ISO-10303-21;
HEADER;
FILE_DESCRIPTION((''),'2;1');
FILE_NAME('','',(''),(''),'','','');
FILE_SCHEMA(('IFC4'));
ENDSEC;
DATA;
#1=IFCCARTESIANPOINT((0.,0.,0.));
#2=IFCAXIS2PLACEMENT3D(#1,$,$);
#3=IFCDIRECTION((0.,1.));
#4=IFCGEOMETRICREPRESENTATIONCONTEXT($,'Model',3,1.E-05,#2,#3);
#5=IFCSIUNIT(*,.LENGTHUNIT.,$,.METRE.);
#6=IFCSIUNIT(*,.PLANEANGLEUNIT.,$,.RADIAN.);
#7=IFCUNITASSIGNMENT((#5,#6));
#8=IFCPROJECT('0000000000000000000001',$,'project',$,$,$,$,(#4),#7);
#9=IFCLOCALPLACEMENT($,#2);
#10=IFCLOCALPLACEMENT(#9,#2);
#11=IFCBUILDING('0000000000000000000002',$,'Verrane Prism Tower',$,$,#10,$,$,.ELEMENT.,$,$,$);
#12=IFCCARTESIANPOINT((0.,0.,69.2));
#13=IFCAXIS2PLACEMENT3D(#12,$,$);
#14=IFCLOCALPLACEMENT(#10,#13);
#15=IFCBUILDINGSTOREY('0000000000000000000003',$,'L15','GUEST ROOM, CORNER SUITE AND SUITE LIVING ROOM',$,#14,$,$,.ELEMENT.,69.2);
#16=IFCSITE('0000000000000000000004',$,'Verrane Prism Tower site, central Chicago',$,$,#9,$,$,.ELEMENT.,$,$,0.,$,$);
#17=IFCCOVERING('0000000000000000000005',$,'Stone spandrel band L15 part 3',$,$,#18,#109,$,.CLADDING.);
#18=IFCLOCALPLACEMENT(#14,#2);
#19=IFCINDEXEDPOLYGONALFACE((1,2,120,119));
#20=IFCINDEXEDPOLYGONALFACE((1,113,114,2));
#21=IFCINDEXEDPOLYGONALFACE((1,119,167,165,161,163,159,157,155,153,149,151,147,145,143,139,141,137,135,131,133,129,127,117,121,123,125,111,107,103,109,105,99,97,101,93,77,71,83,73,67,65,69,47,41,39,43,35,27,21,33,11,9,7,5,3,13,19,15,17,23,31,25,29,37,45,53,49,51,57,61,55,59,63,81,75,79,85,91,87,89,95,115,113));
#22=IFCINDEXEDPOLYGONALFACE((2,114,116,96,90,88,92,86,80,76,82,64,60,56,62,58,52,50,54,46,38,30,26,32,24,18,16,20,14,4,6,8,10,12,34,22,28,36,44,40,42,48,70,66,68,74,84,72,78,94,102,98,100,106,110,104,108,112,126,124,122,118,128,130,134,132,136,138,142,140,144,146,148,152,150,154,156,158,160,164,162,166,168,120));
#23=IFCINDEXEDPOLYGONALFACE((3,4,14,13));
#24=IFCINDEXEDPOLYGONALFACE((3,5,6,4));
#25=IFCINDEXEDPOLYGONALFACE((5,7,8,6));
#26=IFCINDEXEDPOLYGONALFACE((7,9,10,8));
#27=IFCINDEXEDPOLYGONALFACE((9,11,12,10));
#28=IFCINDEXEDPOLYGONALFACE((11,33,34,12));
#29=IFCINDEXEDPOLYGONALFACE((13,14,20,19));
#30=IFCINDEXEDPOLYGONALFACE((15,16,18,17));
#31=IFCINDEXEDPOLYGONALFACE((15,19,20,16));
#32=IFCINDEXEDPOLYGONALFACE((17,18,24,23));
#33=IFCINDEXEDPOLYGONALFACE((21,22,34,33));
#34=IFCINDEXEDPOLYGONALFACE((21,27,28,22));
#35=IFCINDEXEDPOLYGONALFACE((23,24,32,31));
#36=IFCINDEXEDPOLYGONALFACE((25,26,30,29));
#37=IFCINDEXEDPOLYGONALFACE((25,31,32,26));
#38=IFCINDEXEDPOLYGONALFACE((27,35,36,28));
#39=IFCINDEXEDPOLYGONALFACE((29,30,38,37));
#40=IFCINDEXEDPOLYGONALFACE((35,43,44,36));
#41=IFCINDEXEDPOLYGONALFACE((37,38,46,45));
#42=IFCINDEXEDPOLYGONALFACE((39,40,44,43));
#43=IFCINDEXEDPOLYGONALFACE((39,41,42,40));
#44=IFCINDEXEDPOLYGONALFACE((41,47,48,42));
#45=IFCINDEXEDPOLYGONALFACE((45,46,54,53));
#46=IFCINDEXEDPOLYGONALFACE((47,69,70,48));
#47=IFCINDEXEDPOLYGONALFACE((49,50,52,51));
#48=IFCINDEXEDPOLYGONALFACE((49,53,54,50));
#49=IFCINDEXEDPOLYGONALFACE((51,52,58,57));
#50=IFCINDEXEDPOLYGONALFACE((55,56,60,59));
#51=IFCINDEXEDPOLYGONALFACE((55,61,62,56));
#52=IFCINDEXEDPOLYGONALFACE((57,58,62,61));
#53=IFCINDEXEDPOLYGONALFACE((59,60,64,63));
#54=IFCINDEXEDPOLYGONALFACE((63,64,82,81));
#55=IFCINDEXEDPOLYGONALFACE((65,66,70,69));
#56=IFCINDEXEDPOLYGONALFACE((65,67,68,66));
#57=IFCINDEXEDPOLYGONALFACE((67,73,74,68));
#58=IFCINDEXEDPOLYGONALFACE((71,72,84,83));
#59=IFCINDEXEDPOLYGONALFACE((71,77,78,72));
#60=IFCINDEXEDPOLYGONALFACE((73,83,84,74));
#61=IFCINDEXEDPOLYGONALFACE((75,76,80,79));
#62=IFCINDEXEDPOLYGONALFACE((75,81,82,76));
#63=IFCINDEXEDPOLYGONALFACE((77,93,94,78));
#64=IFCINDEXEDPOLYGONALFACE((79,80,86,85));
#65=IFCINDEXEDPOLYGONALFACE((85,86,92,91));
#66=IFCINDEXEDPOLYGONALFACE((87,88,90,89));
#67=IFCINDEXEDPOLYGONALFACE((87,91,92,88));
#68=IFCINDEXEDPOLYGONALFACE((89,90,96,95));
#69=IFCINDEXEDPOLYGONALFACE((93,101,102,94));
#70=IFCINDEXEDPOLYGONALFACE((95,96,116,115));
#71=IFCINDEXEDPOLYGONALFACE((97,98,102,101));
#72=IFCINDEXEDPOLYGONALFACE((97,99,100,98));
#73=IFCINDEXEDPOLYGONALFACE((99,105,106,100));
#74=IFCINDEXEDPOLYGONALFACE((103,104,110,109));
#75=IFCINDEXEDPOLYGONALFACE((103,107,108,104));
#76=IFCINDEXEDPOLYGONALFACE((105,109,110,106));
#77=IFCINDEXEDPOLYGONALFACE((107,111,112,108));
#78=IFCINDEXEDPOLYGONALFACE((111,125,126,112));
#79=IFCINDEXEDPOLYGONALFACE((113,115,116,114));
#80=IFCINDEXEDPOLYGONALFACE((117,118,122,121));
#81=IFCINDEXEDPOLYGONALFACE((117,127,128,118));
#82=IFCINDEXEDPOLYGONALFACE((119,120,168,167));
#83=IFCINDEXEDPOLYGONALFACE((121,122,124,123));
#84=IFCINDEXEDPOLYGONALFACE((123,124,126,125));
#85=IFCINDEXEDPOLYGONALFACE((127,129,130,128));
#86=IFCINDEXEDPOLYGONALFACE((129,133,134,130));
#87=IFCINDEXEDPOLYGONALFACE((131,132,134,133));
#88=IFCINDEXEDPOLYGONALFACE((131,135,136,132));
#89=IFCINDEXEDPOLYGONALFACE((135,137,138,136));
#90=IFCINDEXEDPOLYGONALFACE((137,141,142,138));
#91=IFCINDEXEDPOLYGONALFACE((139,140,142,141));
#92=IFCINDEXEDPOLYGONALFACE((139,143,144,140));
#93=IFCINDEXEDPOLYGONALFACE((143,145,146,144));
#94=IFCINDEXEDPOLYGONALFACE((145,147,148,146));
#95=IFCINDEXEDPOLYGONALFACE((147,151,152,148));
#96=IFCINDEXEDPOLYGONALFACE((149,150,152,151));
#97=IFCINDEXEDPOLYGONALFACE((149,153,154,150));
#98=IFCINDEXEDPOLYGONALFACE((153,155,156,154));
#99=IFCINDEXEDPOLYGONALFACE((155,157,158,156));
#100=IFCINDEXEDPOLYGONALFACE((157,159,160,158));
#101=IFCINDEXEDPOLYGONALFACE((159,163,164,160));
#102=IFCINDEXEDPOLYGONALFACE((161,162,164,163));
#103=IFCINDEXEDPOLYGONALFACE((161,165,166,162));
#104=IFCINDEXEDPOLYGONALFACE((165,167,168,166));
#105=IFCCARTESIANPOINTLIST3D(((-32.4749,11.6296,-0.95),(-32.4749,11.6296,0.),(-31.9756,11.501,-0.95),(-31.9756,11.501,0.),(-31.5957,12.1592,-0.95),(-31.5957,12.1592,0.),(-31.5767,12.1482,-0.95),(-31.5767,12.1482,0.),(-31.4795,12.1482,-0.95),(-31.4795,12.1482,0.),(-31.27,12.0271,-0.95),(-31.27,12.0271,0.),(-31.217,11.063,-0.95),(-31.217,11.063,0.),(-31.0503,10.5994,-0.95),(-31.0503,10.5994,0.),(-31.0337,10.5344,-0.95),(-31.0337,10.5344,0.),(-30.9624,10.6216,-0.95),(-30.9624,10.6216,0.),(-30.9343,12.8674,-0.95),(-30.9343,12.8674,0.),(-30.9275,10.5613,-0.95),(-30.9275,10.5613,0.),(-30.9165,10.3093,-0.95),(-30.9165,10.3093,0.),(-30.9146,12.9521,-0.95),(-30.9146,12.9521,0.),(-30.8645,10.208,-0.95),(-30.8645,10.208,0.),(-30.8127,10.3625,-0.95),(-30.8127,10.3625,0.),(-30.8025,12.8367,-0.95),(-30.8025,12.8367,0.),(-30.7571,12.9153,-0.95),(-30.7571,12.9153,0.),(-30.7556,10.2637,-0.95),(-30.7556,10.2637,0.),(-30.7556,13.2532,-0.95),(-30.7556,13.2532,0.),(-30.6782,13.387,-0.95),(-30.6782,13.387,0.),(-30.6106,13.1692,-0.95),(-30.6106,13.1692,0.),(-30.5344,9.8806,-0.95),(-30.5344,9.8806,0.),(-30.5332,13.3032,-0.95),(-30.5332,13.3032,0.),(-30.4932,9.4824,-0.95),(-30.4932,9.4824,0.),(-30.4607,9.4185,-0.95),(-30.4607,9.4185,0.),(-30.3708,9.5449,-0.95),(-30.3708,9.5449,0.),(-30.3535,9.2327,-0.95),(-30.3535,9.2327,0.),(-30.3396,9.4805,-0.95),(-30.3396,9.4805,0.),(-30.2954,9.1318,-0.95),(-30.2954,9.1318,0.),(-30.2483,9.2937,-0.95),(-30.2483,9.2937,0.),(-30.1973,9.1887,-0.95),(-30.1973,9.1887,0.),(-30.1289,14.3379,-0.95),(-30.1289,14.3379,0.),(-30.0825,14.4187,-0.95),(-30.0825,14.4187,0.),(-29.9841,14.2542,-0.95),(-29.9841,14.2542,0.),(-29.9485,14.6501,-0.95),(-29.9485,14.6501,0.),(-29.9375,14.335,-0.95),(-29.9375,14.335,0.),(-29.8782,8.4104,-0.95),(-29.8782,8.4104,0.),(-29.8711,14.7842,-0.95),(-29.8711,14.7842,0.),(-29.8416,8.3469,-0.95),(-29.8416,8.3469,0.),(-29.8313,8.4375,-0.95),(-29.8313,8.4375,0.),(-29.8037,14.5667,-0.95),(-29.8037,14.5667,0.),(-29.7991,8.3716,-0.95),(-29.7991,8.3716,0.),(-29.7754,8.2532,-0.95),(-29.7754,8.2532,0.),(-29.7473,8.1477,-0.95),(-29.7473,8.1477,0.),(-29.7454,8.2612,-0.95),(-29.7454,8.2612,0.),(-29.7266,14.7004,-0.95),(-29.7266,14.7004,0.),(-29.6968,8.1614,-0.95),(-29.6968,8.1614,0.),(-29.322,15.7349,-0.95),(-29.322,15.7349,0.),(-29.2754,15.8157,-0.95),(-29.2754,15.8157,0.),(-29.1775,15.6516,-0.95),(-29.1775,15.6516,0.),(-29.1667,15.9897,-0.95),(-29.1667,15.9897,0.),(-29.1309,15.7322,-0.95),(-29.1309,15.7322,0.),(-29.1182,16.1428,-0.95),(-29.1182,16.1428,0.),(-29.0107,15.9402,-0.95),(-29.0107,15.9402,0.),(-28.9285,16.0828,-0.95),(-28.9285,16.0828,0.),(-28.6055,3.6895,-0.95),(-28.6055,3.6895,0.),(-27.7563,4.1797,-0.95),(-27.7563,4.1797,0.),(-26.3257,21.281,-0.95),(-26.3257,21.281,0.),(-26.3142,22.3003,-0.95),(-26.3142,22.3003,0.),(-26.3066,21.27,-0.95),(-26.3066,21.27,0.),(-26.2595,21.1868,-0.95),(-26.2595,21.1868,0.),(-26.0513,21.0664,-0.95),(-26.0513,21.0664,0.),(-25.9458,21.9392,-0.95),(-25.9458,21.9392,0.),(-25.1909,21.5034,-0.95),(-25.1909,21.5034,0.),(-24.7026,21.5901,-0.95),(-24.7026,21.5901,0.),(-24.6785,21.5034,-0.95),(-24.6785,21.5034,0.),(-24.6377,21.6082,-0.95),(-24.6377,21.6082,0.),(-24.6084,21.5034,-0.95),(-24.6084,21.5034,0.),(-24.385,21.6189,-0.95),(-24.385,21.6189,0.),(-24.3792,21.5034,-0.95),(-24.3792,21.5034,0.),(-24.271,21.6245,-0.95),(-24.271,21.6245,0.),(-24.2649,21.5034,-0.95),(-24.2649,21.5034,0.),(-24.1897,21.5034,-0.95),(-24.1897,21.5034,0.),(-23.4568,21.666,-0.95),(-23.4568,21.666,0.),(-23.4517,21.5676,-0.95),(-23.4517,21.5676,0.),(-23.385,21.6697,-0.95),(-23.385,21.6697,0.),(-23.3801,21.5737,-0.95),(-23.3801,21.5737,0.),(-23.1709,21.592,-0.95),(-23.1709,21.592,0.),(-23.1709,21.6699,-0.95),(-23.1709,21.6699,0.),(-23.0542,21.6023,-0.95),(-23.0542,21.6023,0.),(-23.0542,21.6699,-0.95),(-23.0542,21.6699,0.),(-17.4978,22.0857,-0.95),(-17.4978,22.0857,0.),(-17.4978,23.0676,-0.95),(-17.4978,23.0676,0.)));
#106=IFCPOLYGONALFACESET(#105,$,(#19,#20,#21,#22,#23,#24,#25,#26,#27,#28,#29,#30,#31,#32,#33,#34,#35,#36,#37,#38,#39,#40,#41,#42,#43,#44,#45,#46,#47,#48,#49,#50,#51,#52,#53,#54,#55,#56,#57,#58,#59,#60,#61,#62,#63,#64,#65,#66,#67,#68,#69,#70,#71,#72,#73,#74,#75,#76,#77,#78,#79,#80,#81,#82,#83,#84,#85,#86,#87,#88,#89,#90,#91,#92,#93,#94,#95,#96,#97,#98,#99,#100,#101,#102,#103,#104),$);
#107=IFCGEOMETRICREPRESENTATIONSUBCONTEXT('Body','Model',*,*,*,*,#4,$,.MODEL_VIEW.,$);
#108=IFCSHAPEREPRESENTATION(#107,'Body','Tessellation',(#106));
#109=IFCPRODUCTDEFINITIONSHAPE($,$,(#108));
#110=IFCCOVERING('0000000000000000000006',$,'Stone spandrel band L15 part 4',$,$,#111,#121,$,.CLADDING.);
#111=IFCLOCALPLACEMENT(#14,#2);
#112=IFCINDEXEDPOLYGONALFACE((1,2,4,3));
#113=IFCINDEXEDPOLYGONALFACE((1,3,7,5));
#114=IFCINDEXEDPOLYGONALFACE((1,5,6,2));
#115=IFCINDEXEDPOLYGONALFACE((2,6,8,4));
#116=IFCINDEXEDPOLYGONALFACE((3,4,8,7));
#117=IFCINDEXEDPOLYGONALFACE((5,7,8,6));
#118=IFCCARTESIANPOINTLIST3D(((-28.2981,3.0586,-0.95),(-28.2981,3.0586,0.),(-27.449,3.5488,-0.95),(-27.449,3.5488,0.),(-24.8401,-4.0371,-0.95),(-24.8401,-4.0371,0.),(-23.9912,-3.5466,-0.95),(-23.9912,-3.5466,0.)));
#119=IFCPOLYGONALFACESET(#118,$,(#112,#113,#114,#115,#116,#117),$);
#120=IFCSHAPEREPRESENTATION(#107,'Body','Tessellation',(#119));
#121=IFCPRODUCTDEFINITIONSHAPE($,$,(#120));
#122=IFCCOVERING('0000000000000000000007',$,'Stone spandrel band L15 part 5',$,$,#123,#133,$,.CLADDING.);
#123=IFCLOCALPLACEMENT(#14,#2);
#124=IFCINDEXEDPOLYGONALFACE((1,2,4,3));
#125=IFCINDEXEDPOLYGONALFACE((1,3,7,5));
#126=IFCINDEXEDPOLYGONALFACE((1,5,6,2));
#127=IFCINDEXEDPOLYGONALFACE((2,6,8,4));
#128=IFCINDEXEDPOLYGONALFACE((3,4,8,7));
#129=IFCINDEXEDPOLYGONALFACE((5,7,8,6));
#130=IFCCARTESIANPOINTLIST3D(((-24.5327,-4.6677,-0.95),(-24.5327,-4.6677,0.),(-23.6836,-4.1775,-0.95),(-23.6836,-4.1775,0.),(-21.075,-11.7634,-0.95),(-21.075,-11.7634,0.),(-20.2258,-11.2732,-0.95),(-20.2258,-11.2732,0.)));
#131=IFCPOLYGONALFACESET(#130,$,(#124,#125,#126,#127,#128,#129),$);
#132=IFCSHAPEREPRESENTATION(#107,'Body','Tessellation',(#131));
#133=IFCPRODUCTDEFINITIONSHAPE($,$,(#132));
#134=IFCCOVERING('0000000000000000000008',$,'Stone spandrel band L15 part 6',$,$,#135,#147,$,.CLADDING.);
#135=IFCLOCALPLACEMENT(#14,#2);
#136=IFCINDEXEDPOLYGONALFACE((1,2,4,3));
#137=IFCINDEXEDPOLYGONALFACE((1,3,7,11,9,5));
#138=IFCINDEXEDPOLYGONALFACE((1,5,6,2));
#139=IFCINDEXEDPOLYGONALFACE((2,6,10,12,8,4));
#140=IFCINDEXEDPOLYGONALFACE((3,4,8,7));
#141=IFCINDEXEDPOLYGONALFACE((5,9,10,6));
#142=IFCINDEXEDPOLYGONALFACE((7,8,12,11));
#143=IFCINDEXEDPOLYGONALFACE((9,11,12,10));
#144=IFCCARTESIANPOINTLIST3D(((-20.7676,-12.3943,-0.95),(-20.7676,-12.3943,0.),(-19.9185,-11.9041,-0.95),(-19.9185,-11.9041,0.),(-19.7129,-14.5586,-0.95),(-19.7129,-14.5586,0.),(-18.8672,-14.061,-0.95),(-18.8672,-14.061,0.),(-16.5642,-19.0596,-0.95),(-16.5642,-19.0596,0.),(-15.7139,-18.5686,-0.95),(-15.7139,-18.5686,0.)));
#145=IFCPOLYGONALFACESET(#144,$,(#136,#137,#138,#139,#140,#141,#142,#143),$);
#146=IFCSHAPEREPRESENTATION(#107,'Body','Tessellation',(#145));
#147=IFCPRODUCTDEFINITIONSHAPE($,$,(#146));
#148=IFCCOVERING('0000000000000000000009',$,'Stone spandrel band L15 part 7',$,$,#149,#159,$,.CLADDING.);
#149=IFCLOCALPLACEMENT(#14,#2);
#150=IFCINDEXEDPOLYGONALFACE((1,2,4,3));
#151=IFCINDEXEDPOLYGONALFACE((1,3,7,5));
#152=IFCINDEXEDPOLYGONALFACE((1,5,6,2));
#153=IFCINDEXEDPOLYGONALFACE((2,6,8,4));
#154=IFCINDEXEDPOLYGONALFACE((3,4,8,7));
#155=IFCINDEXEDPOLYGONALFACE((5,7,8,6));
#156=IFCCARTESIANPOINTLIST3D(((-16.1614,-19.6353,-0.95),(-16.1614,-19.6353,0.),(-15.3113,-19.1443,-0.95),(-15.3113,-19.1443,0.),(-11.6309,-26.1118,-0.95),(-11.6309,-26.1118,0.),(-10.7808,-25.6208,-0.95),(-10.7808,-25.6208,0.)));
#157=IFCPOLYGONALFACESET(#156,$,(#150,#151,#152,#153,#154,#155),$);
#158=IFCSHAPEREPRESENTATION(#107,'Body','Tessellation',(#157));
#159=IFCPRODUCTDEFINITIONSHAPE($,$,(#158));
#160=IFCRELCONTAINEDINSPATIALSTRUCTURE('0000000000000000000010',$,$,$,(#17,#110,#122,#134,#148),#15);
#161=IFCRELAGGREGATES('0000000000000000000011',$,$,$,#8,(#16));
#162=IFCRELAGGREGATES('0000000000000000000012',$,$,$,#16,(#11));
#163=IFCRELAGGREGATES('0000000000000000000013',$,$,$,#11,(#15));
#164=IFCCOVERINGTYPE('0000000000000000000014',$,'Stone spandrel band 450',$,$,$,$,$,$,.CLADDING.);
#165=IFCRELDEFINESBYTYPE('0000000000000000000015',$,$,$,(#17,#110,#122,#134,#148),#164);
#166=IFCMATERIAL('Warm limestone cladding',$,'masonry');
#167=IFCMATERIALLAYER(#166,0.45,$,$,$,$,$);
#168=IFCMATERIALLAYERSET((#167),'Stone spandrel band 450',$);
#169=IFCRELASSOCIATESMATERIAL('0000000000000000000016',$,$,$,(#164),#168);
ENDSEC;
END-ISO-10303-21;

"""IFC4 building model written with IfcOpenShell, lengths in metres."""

from ifc_helpers import new_model, si_unit, direction, frame, origin, place, context, subcontext, project, spatial, polyline, outline, extrude, material, layer, layer_set, type_object, element, save


model = new_model("IFC4")

# Units and contexts
model_context = context("Model", 3, precision=1e-05, world=origin(), true_north=direction((0.0, 1.0)))
body_context = subcontext(model_context, "Body", "Model", "MODEL_VIEW")
ifc_project = project(units=[si_unit("LENGTHUNIT", "METRE"), si_unit("PLANEANGLEUNIT", "RADIAN")], contexts=[model_context])

# Site, building, storey
site_placement = place(None, origin())
site = spatial("IfcSite", under=ifc_project, at=site_placement, Name="Verrane Prism Tower site, central Chicago", CompositionType="ELEMENT", RefElevation=0.0)
building_placement = place(site_placement, origin())
building = spatial("IfcBuilding", under=site, at=building_placement, Name="Verrane Prism Tower", CompositionType="ELEMENT")
storey_placement = place(building_placement, frame((0.0, 0.0, 69.2)))
storey = spatial("IfcBuildingStorey", under=building, at=storey_placement, Name="L15", Description="GUEST ROOM, CORNER SUITE AND SUITE LIVING ROOM", CompositionType="ELEMENT", Elevation=69.2)

# Coverings
ifc_material_1 = material(Name="Warm limestone cladding", Category="masonry")
ifc_layer_1 = layer(ifc_material_1, 0.45)
ifc_layer_set_1 = layer_set([ifc_layer_1], Name="Stone spandrel band 450")
covering_type_1 = type_object("IfcCoveringType", Name="Stone spandrel band 450", PredefinedType="CLADDING", material=ifc_layer_set_1)
covering_1_placement = place(storey_placement, frame((0.0, 0.0, -0.95)))
element("IfcCovering", 1, at=covering_1_placement, inside=storey, type_object=covering_type_1, Name="Stone spandrel band L15 part 3", PredefinedType="CLADDING", context=body_context, shape_type="SweptSolid", body=[
    extrude(outline(polyline([(-32.4749, 11.6296), (-28.6055, 3.6895), (-27.7563, 4.1797), (-29.6968, 8.1614), (-29.7473, 8.1477), (-29.7754, 8.2532), (-29.7454, 8.2612), (-29.7991, 8.3716), (-29.8416, 8.3469), (-29.8782, 8.4104), (-29.8313, 8.4375), (-30.1973, 9.1887), (-30.2954, 9.1318), (-30.3535, 9.2327), (-30.2483, 9.2937), (-30.3396, 9.4805), (-30.4607, 9.4185), (-30.4932, 9.4824), (-30.3708, 9.5449), (-30.5344, 9.8806), (-30.7556, 10.2637), (-30.8645, 10.208), (-30.9165, 10.3093), (-30.8127, 10.3625), (-30.9275, 10.5613), (-31.0337, 10.5344), (-31.0503, 10.5994), (-30.9624, 10.6216), (-31.217, 11.063), (-31.9756, 11.501), (-31.5957, 12.1592), (-31.5767, 12.1482), (-31.4795, 12.1482), (-31.27, 12.0271), (-30.8025, 12.8367), (-30.9343, 12.8674), (-30.9146, 12.9521), (-30.7571, 12.9153), (-30.6106, 13.1692), (-30.7556, 13.2532), (-30.6782, 13.387), (-30.5332, 13.3032), (-29.9841, 14.2542), (-30.1289, 14.3379), (-30.0825, 14.4187), (-29.9375, 14.335), (-29.8037, 14.5667), (-29.9485, 14.6501), (-29.8711, 14.7842), (-29.7266, 14.7004), (-29.1775, 15.6516), (-29.322, 15.7349), (-29.2754, 15.8157), (-29.1309, 15.7322), (-29.0107, 15.9402), (-29.1667, 15.9897), (-29.1182, 16.1428), (-28.9285, 16.0828), (-26.0513, 21.0664), (-26.2595, 21.1868), (-26.3066, 21.27), (-26.3257, 21.281), (-25.9458, 21.9392), (-25.1909, 21.5034), (-24.6785, 21.5034), (-24.7026, 21.5901), (-24.6377, 21.6082), (-24.6084, 21.5034), (-24.3792, 21.5034), (-24.385, 21.6189), (-24.271, 21.6245), (-24.2649, 21.5034), (-24.1897, 21.5034), (-23.4517, 21.5676), (-23.4568, 21.666), (-23.385, 21.6697), (-23.3801, 21.5737), (-23.1709, 21.592), (-23.1709, 21.6699), (-23.0542, 21.6699), (-23.0542, 21.6023), (-17.4978, 22.0857), (-17.4978, 23.0676), (-26.3142, 22.3003), (-32.4749, 11.6296)])), origin(), (0.0, 0.0, 1.0), 0.95),
])
covering_2_placement = place(storey_placement, frame((0.0, 0.0, -0.95)))
element("IfcCovering", 2, at=covering_2_placement, inside=storey, type_object=covering_type_1, Name="Stone spandrel band L15 part 4", PredefinedType="CLADDING", context=body_context, shape_type="SweptSolid", body=[
    extrude(outline(polyline([(-23.9912, -3.5466), (-27.449, 3.5488), (-28.2981, 3.0586), (-24.8401, -4.0371), (-23.9912, -3.5466)])), origin(), (0.0, 0.0, 1.0), 0.95),
])
covering_3_placement = place(storey_placement, frame((0.0, 0.0, -0.95)))
element("IfcCovering", 3, at=covering_3_placement, inside=storey, type_object=covering_type_1, Name="Stone spandrel band L15 part 5", PredefinedType="CLADDING", context=body_context, shape_type="SweptSolid", body=[
    extrude(outline(polyline([(-24.5327, -4.6677), (-21.075, -11.7634), (-20.2258, -11.2732), (-23.6836, -4.1775), (-24.5327, -4.6677)])), origin(), (0.0, 0.0, 1.0), 0.95),
])
covering_4_placement = place(storey_placement, frame((0.0, 0.0, -0.95)))
element("IfcCovering", 4, at=covering_4_placement, inside=storey, type_object=covering_type_1, Name="Stone spandrel band L15 part 6", PredefinedType="CLADDING", context=body_context, shape_type="SweptSolid", body=[
    extrude(outline(polyline([(-19.7129, -14.5586), (-16.5642, -19.0596), (-15.7139, -18.5686), (-18.8672, -14.061), (-19.9185, -11.9041), (-20.7676, -12.3943), (-19.7129, -14.5586)])), origin(), (0.0, 0.0, 1.0), 0.95),
])
covering_5_placement = place(storey_placement, frame((0.0, 0.0, -0.95)))
element("IfcCovering", 5, at=covering_5_placement, inside=storey, type_object=covering_type_1, Name="Stone spandrel band L15 part 7", PredefinedType="CLADDING", context=body_context, shape_type="SweptSolid", body=[
    extrude(outline(polyline([(-10.7808, -25.6208), (-15.3113, -19.1443), (-16.1614, -19.6353), (-11.6309, -26.1118), (-10.7808, -25.6208)])), origin(), (0.0, 0.0, 1.0), 0.95),
])

save(model, "model.ifc")
